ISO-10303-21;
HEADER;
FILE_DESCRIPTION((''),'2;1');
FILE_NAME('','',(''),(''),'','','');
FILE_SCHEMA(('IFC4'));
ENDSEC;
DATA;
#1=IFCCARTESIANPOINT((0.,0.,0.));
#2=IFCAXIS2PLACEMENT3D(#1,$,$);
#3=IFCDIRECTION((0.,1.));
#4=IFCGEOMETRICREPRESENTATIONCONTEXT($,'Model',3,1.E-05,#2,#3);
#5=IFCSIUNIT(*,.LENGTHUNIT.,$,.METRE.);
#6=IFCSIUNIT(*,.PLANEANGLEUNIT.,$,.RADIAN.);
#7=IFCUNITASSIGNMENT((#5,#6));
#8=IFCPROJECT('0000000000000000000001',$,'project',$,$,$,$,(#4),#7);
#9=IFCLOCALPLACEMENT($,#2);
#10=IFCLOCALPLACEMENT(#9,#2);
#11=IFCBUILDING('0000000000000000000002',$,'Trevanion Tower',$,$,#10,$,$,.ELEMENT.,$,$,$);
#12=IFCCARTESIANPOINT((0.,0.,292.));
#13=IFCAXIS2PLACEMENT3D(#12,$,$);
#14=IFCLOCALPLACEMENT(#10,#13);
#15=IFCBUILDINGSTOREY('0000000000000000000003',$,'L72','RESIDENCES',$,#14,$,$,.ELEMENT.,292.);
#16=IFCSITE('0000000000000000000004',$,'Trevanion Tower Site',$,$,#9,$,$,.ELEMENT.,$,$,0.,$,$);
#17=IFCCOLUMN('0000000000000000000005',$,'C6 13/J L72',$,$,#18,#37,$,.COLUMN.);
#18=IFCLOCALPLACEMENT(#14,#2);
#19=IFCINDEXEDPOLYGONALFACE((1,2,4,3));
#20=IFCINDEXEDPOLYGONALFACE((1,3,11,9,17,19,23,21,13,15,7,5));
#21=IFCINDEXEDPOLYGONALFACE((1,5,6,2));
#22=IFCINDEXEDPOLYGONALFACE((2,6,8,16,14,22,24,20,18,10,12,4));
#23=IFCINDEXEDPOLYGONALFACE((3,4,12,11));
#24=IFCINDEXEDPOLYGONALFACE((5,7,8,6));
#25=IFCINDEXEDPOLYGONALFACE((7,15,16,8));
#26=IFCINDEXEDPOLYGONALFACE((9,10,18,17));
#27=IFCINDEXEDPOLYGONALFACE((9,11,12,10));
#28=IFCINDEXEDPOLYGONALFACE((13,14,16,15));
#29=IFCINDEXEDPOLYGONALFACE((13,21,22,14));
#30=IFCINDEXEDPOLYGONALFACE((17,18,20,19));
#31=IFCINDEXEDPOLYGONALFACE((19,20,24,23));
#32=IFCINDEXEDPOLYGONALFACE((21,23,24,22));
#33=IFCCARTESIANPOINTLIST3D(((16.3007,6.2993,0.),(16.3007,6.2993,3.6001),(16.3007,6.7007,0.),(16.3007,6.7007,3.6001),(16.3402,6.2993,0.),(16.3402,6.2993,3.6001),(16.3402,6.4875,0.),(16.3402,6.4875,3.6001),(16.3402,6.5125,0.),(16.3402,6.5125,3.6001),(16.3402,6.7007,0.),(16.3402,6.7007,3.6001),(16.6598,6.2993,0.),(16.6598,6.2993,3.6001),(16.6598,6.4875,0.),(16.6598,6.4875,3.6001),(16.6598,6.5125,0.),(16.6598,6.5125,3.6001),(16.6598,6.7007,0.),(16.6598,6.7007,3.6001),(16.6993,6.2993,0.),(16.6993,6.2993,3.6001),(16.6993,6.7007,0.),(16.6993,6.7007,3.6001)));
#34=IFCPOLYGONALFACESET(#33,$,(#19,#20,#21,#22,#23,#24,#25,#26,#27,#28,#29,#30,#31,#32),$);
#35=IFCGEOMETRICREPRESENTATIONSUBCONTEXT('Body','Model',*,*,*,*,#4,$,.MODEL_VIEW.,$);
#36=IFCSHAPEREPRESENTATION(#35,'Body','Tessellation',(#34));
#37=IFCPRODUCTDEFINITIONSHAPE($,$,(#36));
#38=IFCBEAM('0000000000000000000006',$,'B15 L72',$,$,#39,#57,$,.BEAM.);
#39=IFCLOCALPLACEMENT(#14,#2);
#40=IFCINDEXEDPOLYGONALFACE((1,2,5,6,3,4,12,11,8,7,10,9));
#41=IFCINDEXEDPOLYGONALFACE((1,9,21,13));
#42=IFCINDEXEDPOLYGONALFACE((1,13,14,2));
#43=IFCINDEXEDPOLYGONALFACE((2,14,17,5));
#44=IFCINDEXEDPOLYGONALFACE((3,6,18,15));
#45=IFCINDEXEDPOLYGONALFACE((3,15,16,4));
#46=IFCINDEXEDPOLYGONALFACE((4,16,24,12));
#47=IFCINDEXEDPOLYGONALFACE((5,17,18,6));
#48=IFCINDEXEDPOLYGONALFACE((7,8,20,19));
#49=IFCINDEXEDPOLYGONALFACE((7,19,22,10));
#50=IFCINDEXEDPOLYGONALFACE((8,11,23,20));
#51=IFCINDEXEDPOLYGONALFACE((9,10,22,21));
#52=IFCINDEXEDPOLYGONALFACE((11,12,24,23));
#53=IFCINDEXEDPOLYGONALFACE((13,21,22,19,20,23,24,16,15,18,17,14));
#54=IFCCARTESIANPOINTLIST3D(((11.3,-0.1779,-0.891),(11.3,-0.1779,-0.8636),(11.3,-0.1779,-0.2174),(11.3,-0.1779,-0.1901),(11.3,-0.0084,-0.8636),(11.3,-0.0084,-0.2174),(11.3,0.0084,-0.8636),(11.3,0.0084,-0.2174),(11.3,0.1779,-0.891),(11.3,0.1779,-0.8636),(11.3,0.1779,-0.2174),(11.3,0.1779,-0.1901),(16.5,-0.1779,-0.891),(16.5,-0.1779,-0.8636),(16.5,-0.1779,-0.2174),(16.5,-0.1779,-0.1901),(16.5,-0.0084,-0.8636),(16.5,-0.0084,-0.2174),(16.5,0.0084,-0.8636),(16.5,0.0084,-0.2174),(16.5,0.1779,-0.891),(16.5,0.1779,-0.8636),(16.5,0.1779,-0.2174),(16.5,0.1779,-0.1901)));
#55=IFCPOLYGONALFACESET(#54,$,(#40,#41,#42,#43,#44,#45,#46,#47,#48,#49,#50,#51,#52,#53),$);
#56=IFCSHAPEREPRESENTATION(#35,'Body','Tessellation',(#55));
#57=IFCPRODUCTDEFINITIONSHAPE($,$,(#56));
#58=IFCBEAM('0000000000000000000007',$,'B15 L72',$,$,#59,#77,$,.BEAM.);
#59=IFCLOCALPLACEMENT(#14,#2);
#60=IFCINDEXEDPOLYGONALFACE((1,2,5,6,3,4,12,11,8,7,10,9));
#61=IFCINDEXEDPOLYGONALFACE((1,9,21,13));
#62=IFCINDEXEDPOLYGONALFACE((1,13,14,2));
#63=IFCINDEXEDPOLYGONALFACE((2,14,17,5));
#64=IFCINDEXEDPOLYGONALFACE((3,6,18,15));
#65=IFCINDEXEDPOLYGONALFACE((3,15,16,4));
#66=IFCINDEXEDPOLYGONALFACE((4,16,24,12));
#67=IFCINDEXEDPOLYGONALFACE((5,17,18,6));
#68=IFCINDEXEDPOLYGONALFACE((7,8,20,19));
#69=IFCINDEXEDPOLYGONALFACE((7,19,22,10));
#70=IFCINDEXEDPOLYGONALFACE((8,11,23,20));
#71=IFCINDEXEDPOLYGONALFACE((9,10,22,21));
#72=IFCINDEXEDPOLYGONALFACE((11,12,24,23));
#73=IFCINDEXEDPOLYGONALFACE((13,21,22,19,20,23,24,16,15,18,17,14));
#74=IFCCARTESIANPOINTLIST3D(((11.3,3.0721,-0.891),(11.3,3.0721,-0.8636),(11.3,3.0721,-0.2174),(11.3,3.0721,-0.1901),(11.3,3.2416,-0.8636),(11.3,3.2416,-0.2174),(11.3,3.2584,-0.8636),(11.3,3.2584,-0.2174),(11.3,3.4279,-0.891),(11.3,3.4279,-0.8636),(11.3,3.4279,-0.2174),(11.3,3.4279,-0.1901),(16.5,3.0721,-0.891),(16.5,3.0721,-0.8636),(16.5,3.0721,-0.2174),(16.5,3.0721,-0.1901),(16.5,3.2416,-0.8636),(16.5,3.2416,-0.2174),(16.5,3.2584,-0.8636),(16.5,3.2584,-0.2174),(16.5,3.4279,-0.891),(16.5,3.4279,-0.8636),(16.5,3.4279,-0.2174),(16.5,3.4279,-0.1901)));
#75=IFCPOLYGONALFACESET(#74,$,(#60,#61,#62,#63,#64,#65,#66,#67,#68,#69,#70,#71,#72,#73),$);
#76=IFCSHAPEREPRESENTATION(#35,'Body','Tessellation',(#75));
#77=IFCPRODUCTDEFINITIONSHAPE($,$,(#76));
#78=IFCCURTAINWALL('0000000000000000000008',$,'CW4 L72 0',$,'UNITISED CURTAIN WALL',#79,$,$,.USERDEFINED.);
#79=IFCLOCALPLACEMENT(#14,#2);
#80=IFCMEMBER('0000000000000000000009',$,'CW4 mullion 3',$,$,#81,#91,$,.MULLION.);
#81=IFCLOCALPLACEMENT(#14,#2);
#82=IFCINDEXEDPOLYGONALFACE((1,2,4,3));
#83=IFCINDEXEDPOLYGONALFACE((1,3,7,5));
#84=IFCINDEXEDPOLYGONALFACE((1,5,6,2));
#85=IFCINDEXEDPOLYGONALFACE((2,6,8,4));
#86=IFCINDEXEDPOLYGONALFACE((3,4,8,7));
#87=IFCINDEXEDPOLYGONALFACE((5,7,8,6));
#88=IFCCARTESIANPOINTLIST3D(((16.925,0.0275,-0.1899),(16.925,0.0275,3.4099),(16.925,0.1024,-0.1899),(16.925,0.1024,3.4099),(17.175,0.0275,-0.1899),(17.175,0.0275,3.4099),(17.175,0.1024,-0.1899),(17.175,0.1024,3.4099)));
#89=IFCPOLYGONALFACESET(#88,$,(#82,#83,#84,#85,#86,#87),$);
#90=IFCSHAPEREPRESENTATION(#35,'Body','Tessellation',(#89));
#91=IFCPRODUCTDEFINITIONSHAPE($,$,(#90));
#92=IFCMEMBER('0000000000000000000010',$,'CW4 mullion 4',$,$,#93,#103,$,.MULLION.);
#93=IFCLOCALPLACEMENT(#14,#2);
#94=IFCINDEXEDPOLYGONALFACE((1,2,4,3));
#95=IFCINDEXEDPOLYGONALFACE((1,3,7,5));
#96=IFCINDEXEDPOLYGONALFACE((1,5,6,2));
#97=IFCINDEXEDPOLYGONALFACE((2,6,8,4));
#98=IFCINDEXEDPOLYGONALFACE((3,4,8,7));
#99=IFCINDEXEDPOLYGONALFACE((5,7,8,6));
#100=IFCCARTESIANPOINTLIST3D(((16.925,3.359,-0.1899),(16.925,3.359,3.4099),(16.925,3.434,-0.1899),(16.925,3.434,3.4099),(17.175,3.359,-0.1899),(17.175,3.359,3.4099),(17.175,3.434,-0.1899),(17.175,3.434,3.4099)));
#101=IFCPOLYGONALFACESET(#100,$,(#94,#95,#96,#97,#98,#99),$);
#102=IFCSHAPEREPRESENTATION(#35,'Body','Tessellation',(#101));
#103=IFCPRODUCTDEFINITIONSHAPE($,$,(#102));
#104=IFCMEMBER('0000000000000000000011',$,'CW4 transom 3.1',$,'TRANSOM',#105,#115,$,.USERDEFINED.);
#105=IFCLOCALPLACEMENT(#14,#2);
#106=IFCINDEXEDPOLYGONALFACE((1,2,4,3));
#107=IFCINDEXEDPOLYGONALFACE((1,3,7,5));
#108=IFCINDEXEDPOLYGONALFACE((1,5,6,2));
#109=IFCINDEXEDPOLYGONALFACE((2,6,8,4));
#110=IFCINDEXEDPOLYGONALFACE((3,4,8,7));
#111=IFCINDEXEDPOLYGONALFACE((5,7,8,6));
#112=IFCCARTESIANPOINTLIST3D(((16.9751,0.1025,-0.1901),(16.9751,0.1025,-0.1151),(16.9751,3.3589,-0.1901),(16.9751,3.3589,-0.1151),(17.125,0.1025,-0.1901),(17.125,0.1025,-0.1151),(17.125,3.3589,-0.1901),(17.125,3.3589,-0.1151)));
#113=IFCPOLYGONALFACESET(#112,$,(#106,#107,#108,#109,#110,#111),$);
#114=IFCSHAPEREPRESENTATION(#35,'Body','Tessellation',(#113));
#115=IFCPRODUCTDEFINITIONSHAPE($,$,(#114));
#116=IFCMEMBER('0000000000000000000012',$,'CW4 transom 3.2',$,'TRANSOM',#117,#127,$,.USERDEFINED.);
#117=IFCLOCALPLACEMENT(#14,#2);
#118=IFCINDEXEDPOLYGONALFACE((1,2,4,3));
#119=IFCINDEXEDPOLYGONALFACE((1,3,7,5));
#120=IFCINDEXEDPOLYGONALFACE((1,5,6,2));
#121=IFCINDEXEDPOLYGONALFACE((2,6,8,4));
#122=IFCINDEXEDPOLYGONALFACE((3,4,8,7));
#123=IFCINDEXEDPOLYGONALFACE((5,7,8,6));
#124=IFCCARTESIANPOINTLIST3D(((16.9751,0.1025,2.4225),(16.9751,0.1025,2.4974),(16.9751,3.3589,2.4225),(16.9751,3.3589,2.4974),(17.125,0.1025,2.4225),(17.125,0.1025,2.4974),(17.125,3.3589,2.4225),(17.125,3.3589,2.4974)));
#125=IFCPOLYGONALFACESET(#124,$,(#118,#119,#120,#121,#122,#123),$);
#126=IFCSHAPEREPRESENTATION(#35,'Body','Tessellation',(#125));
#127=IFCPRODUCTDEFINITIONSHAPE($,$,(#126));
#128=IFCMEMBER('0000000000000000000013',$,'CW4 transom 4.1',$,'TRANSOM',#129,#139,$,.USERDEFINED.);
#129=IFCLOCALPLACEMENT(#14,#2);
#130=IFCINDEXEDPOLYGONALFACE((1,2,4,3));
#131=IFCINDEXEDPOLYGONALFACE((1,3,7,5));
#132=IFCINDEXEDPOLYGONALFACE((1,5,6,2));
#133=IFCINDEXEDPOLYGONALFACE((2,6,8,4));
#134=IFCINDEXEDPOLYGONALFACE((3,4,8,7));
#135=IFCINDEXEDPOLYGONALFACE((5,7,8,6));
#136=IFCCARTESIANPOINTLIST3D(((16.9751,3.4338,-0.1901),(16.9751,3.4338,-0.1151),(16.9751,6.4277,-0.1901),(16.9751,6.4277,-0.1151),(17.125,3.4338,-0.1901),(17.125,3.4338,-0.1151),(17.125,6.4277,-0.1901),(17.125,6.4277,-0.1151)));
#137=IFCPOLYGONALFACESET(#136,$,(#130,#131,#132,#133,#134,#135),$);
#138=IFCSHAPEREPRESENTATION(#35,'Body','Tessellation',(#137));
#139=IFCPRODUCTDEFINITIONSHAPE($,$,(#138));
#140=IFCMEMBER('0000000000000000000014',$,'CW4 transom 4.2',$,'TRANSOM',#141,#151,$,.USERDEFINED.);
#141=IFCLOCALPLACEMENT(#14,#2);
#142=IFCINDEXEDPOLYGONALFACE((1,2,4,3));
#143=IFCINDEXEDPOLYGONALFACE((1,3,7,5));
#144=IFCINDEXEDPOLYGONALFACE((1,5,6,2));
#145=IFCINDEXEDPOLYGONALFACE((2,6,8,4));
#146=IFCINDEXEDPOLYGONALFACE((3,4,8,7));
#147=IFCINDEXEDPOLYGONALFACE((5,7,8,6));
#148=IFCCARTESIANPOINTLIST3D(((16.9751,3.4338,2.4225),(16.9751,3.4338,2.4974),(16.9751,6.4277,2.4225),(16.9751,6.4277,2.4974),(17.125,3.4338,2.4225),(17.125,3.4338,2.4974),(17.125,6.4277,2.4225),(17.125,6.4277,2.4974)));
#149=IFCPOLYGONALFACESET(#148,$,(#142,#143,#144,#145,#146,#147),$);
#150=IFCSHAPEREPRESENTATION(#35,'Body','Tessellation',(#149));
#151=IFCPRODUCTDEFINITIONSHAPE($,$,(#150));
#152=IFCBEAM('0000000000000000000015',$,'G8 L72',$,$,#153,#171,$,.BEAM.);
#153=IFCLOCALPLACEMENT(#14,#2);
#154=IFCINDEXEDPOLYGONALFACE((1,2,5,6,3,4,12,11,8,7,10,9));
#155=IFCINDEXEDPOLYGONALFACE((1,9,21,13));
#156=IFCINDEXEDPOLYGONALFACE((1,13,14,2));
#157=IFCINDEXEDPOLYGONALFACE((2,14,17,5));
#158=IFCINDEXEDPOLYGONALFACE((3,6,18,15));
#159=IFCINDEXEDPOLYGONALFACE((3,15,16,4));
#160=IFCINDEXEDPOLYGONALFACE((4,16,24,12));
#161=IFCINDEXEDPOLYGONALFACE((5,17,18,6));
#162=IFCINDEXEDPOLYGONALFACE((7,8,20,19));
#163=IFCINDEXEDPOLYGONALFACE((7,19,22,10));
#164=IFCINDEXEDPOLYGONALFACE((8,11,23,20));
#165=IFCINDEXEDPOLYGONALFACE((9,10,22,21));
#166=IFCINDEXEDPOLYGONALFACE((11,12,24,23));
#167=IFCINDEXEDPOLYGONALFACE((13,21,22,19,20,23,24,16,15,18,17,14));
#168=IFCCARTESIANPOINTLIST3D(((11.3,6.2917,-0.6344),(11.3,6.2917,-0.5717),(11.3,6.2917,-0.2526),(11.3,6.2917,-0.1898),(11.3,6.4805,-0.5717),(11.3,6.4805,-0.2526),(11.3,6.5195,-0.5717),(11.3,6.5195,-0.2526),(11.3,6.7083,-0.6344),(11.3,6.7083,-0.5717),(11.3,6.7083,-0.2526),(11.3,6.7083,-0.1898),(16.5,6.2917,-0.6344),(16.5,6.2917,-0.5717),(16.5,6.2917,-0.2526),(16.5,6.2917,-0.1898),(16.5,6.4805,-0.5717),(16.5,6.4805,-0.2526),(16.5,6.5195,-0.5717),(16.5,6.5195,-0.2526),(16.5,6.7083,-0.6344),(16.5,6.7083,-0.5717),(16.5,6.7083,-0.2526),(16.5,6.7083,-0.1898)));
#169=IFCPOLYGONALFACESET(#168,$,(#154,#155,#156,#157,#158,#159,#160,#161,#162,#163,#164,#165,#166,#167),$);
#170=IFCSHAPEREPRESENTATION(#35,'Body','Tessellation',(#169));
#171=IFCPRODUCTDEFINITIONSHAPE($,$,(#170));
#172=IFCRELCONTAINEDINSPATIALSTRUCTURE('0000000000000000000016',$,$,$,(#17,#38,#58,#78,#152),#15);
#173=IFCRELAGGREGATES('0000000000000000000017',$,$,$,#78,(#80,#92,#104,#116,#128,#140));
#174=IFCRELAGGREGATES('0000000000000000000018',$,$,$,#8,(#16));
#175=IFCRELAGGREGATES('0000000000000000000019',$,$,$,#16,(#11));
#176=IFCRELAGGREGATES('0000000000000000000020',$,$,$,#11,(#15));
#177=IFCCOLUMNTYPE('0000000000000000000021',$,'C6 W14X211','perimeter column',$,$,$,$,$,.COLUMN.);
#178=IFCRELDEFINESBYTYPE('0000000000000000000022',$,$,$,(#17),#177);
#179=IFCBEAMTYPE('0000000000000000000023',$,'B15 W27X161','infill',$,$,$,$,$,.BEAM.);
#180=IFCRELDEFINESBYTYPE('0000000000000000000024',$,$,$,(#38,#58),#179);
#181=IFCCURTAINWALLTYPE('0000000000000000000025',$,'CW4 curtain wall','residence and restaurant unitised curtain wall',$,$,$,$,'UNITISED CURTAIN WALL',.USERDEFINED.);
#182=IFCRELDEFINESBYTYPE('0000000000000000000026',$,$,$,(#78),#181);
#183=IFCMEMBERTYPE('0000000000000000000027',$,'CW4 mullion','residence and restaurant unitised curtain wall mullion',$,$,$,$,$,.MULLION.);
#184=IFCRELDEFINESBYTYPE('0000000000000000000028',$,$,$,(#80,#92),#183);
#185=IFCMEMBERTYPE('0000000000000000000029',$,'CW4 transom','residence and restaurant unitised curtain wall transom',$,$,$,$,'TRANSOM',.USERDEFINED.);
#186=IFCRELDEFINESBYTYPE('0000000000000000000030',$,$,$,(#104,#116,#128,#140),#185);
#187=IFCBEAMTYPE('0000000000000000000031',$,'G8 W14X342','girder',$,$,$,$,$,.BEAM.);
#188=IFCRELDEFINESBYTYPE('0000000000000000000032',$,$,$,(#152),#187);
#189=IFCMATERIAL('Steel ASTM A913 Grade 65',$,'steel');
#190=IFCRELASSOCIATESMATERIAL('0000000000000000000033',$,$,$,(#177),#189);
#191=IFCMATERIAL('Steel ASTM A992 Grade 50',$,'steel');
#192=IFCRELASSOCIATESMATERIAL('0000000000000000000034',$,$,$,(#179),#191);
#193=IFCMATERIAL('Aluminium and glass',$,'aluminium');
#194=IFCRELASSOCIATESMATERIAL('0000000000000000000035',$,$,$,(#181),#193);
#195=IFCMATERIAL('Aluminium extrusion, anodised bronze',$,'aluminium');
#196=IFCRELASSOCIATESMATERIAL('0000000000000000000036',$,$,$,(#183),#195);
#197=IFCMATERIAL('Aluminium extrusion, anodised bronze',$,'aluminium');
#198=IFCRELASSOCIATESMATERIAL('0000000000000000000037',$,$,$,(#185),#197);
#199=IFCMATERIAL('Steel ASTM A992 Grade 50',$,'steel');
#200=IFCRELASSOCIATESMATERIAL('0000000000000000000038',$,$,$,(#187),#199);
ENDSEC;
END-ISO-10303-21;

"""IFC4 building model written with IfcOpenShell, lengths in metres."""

from ifc_helpers import new_model, si_unit, direction, frame, origin, origin_2d, place, context, subcontext, project, spatial, rectangle, i_section, extrude, material, material_profile, profile_set, type_object, element, aggregate, save


model = new_model("IFC4")

# Units and contexts
model_context = context("Model", 3, precision=1e-05, world=origin(), true_north=direction((0.0, 1.0)))
body_context = subcontext(model_context, "Body", "Model", "MODEL_VIEW")
ifc_project = project(units=[si_unit("LENGTHUNIT", "METRE"), si_unit("PLANEANGLEUNIT", "RADIAN")], contexts=[model_context])

# Site, building, storey
site_placement = place(None, origin())
site = spatial("IfcSite", under=ifc_project, at=site_placement, Name="Trevanion Tower Site", CompositionType="ELEMENT", RefElevation=0.0)
building_placement = place(site_placement, origin())
building = spatial("IfcBuilding", under=site, at=building_placement, Name="Trevanion Tower", CompositionType="ELEMENT")
storey_placement = place(building_placement, frame((0.0, 0.0, 292.0)))
storey = spatial("IfcBuildingStorey", under=building, at=storey_placement, Name="L72", Description="RESIDENCES", CompositionType="ELEMENT", Elevation=292.0)

# Column
ifc_material_1 = material(Name="Steel ASTM A913 Grade 65", Category="steel")
ifc_material_profile_1 = material_profile(ifc_material_1, i_section(OverallWidth=0.4014, OverallDepth=0.3987, WebThickness=0.0249, FlangeThickness=0.0396, at=origin_2d()), Name="W14X211")
ifc_profile_set_1 = profile_set([ifc_material_profile_1], Name="Steel ASTM A913 Grade 65")
column_type = type_object("IfcColumnType", Name="C6 W14X211", Description="perimeter column", PredefinedType="COLUMN", material=ifc_profile_set_1)
column_placement = place(storey_placement, frame((16.5, 6.5, 0.0), z_axis=(0.0, 0.0, 1.0), x_axis=(0.0, 1.0, 0.0)))
element("IfcColumn", 1, at=column_placement, inside=storey, type_object=column_type, Name="C6 13/J L72", PredefinedType="COLUMN", context=body_context, shape_type="SweptSolid", body=[
    extrude(i_section(OverallWidth=0.4014, OverallDepth=0.3987, WebThickness=0.0249, FlangeThickness=0.0396, at=origin_2d()), origin(), (0.0, 0.0, 1.0), 3.6001),
])

# Beams
ifc_material_2 = material(Name="Steel ASTM A992 Grade 50", Category="steel")
ifc_material_profile_2 = material_profile(ifc_material_2, i_section(OverallWidth=0.3557, OverallDepth=0.7009, WebThickness=0.0168, FlangeThickness=0.0273, at=origin_2d()), Name="W27X161")
ifc_profile_set_2 = profile_set([ifc_material_profile_2], Name="Steel ASTM A992 Grade 50")
beam_type_1 = type_object("IfcBeamType", Name="B15 W27X161", Description="infill", PredefinedType="BEAM", material=ifc_profile_set_2)
for number, where, z_axis, x_axis, name in (
    (2, (11.3, 0.0, -0.5405), (1.0, 0.0, 0.0), (0.0, 1.0, 0.0), "B15 L72"),
    (3, (11.3, 3.25, -0.5405), (1.0, 0.0, 0.0), (0.0, 1.0, 0.0), "B15 L72"),
):
    element("IfcBeam", number, at=place(storey_placement, frame(where, z_axis=z_axis, x_axis=x_axis)), inside=storey, type_object=beam_type_1, Name=name, PredefinedType="BEAM", context=body_context, shape_type="SweptSolid", body=[
        extrude(i_section(OverallWidth=0.3557, OverallDepth=0.7009, WebThickness=0.0168, FlangeThickness=0.0273, at=origin_2d()), origin(), (0.0, 0.0, 1.0), 5.2),
    ])

# Curtain wall, members
ifc_material_3 = material(Name="Aluminium and glass", Category="aluminium")
curtain_wall_type = type_object("IfcCurtainWallType", Name="CW4 curtain wall", Description="residence and restaurant unitised curtain wall", ElementType="UNITISED CURTAIN WALL", PredefinedType="USERDEFINED", material=ifc_material_3)
curtain_wall_placement = place(storey_placement, origin())
curtain_wall = element("IfcCurtainWall", 4, at=curtain_wall_placement, inside=storey, type_object=curtain_wall_type, Name="CW4 L72 0", ObjectType="UNITISED CURTAIN WALL", PredefinedType="USERDEFINED")
ifc_material_4 = material(Name="Aluminium extrusion, anodised bronze", Category="aluminium")
ifc_material_profile_3 = material_profile(ifc_material_4, rectangle(XDim=0.075, YDim=0.25, at=origin_2d()), Name="CW4 mullion")
ifc_profile_set_3 = profile_set([ifc_material_profile_3], Name="Aluminium extrusion, anodised bronze")
member_type_1 = type_object("IfcMemberType", Name="CW4 mullion", Description="residence and restaurant unitised curtain wall mullion", PredefinedType="MULLION", material=ifc_profile_set_3)
member_1_placement = place(storey_placement, frame((17.05, 0.0649, -0.1899), z_axis=(0.0, 0.0, 1.0), x_axis=(0.0, 1.0, 0.0)))
member_1 = element("IfcMember", 5, at=member_1_placement, type_object=member_type_1, Name="CW4 mullion 3", PredefinedType="MULLION", context=body_context, shape_type="SweptSolid", body=[
    extrude(rectangle(XDim=0.075, YDim=0.25, at=origin_2d()), origin(), (0.0, 0.0, 1.0), 3.5999),
])
member_2_placement = place(storey_placement, frame((17.05, 3.3965, -0.1899), z_axis=(0.0, 0.0, 1.0), x_axis=(0.0, 1.0, 0.0)))
member_2 = element("IfcMember", 6, at=member_2_placement, type_object=member_type_1, Name="CW4 mullion 4", PredefinedType="MULLION", context=body_context, shape_type="SweptSolid", body=[
    extrude(rectangle(XDim=0.075, YDim=0.25, at=origin_2d()), origin(), (0.0, 0.0, 1.0), 3.5999),
])
ifc_material_5 = material(Name="Aluminium extrusion, anodised bronze", Category="aluminium")
ifc_material_profile_4 = material_profile(ifc_material_5, rectangle(XDim=0.1499, YDim=0.075, at=origin_2d()), Name="CW4 transom")
ifc_profile_set_4 = profile_set([ifc_material_profile_4], Name="Aluminium extrusion, anodised bronze")
member_type_2 = type_object("IfcMemberType", Name="CW4 transom", Description="residence and restaurant unitised curtain wall transom", ElementType="TRANSOM", PredefinedType="USERDEFINED", material=ifc_profile_set_4)
member_3_placement = place(storey_placement, frame((17.05, 0.1025, -0.1526), z_axis=(0.0, 1.0, 0.0), x_axis=(-1.0, 0.0, 0.0)))
member_3 = element("IfcMember", 7, at=member_3_placement, type_object=member_type_2, Name="CW4 transom 3.1", ObjectType="TRANSOM", PredefinedType="USERDEFINED", context=body_context, shape_type="SweptSolid", body=[
    extrude(rectangle(XDim=0.1499, YDim=0.075, at=origin_2d()), origin(), (0.0, 0.0, 1.0), 3.2563),
])
member_4_placement = place(storey_placement, frame((17.05, 0.1025, 2.46), z_axis=(0.0, 1.0, 0.0), x_axis=(-1.0, 0.0, 0.0)))
member_4 = element("IfcMember", 8, at=member_4_placement, type_object=member_type_2, Name="CW4 transom 3.2", ObjectType="TRANSOM", PredefinedType="USERDEFINED", context=body_context, shape_type="SweptSolid", body=[
    extrude(rectangle(XDim=0.1499, YDim=0.075, at=origin_2d()), origin(), (0.0, 0.0, 1.0), 3.2563),
])
member_5_placement = place(storey_placement, frame((17.05, 3.4338, -0.1526), z_axis=(0.0, 1.0, 0.0), x_axis=(-1.0, 0.0, 0.0)))
member_5 = element("IfcMember", 9, at=member_5_placement, type_object=member_type_2, Name="CW4 transom 4.1", ObjectType="TRANSOM", PredefinedType="USERDEFINED", context=body_context, shape_type="SweptSolid", body=[
    extrude(rectangle(XDim=0.1499, YDim=0.075, at=origin_2d()), origin(), (0.0, 0.0, 1.0), 2.9939),
])
member_6_placement = place(storey_placement, frame((17.05, 3.4338, 2.46), z_axis=(0.0, 1.0, 0.0), x_axis=(-1.0, 0.0, 0.0)))
member_6 = element("IfcMember", 10, at=member_6_placement, type_object=member_type_2, Name="CW4 transom 4.2", ObjectType="TRANSOM", PredefinedType="USERDEFINED", context=body_context, shape_type="SweptSolid", body=[
    extrude(rectangle(XDim=0.1499, YDim=0.075, at=origin_2d()), origin(), (0.0, 0.0, 1.0), 2.9939),
])

# Beam
ifc_material_6 = material(Name="Steel ASTM A992 Grade 50", Category="steel")
ifc_material_profile_5 = material_profile(ifc_material_6, i_section(OverallWidth=0.4165, OverallDepth=0.4446, WebThickness=0.0391, FlangeThickness=0.0627, at=origin_2d()), Name="W14X342")
ifc_profile_set_5 = profile_set([ifc_material_profile_5], Name="Steel ASTM A992 Grade 50")
beam_type_2 = type_object("IfcBeamType", Name="G8 W14X342", Description="girder", PredefinedType="BEAM", material=ifc_profile_set_5)
beam_1_placement = place(storey_placement, frame((11.3, 6.5, -0.4121), z_axis=(1.0, 0.0, 0.0), x_axis=(0.0, 1.0, 0.0)))
element("IfcBeam", 11, at=beam_1_placement, inside=storey, type_object=beam_type_2, Name="G8 L72", PredefinedType="BEAM", context=body_context, shape_type="SweptSolid", body=[
    extrude(i_section(OverallWidth=0.4165, OverallDepth=0.4446, WebThickness=0.0391, FlangeThickness=0.0627, at=origin_2d()), origin(), (0.0, 0.0, 1.0), 5.2),
])

aggregate(curtain_wall, [member_1, member_2, member_3, member_4, member_5, member_6])

save(model, "model.ifc")
